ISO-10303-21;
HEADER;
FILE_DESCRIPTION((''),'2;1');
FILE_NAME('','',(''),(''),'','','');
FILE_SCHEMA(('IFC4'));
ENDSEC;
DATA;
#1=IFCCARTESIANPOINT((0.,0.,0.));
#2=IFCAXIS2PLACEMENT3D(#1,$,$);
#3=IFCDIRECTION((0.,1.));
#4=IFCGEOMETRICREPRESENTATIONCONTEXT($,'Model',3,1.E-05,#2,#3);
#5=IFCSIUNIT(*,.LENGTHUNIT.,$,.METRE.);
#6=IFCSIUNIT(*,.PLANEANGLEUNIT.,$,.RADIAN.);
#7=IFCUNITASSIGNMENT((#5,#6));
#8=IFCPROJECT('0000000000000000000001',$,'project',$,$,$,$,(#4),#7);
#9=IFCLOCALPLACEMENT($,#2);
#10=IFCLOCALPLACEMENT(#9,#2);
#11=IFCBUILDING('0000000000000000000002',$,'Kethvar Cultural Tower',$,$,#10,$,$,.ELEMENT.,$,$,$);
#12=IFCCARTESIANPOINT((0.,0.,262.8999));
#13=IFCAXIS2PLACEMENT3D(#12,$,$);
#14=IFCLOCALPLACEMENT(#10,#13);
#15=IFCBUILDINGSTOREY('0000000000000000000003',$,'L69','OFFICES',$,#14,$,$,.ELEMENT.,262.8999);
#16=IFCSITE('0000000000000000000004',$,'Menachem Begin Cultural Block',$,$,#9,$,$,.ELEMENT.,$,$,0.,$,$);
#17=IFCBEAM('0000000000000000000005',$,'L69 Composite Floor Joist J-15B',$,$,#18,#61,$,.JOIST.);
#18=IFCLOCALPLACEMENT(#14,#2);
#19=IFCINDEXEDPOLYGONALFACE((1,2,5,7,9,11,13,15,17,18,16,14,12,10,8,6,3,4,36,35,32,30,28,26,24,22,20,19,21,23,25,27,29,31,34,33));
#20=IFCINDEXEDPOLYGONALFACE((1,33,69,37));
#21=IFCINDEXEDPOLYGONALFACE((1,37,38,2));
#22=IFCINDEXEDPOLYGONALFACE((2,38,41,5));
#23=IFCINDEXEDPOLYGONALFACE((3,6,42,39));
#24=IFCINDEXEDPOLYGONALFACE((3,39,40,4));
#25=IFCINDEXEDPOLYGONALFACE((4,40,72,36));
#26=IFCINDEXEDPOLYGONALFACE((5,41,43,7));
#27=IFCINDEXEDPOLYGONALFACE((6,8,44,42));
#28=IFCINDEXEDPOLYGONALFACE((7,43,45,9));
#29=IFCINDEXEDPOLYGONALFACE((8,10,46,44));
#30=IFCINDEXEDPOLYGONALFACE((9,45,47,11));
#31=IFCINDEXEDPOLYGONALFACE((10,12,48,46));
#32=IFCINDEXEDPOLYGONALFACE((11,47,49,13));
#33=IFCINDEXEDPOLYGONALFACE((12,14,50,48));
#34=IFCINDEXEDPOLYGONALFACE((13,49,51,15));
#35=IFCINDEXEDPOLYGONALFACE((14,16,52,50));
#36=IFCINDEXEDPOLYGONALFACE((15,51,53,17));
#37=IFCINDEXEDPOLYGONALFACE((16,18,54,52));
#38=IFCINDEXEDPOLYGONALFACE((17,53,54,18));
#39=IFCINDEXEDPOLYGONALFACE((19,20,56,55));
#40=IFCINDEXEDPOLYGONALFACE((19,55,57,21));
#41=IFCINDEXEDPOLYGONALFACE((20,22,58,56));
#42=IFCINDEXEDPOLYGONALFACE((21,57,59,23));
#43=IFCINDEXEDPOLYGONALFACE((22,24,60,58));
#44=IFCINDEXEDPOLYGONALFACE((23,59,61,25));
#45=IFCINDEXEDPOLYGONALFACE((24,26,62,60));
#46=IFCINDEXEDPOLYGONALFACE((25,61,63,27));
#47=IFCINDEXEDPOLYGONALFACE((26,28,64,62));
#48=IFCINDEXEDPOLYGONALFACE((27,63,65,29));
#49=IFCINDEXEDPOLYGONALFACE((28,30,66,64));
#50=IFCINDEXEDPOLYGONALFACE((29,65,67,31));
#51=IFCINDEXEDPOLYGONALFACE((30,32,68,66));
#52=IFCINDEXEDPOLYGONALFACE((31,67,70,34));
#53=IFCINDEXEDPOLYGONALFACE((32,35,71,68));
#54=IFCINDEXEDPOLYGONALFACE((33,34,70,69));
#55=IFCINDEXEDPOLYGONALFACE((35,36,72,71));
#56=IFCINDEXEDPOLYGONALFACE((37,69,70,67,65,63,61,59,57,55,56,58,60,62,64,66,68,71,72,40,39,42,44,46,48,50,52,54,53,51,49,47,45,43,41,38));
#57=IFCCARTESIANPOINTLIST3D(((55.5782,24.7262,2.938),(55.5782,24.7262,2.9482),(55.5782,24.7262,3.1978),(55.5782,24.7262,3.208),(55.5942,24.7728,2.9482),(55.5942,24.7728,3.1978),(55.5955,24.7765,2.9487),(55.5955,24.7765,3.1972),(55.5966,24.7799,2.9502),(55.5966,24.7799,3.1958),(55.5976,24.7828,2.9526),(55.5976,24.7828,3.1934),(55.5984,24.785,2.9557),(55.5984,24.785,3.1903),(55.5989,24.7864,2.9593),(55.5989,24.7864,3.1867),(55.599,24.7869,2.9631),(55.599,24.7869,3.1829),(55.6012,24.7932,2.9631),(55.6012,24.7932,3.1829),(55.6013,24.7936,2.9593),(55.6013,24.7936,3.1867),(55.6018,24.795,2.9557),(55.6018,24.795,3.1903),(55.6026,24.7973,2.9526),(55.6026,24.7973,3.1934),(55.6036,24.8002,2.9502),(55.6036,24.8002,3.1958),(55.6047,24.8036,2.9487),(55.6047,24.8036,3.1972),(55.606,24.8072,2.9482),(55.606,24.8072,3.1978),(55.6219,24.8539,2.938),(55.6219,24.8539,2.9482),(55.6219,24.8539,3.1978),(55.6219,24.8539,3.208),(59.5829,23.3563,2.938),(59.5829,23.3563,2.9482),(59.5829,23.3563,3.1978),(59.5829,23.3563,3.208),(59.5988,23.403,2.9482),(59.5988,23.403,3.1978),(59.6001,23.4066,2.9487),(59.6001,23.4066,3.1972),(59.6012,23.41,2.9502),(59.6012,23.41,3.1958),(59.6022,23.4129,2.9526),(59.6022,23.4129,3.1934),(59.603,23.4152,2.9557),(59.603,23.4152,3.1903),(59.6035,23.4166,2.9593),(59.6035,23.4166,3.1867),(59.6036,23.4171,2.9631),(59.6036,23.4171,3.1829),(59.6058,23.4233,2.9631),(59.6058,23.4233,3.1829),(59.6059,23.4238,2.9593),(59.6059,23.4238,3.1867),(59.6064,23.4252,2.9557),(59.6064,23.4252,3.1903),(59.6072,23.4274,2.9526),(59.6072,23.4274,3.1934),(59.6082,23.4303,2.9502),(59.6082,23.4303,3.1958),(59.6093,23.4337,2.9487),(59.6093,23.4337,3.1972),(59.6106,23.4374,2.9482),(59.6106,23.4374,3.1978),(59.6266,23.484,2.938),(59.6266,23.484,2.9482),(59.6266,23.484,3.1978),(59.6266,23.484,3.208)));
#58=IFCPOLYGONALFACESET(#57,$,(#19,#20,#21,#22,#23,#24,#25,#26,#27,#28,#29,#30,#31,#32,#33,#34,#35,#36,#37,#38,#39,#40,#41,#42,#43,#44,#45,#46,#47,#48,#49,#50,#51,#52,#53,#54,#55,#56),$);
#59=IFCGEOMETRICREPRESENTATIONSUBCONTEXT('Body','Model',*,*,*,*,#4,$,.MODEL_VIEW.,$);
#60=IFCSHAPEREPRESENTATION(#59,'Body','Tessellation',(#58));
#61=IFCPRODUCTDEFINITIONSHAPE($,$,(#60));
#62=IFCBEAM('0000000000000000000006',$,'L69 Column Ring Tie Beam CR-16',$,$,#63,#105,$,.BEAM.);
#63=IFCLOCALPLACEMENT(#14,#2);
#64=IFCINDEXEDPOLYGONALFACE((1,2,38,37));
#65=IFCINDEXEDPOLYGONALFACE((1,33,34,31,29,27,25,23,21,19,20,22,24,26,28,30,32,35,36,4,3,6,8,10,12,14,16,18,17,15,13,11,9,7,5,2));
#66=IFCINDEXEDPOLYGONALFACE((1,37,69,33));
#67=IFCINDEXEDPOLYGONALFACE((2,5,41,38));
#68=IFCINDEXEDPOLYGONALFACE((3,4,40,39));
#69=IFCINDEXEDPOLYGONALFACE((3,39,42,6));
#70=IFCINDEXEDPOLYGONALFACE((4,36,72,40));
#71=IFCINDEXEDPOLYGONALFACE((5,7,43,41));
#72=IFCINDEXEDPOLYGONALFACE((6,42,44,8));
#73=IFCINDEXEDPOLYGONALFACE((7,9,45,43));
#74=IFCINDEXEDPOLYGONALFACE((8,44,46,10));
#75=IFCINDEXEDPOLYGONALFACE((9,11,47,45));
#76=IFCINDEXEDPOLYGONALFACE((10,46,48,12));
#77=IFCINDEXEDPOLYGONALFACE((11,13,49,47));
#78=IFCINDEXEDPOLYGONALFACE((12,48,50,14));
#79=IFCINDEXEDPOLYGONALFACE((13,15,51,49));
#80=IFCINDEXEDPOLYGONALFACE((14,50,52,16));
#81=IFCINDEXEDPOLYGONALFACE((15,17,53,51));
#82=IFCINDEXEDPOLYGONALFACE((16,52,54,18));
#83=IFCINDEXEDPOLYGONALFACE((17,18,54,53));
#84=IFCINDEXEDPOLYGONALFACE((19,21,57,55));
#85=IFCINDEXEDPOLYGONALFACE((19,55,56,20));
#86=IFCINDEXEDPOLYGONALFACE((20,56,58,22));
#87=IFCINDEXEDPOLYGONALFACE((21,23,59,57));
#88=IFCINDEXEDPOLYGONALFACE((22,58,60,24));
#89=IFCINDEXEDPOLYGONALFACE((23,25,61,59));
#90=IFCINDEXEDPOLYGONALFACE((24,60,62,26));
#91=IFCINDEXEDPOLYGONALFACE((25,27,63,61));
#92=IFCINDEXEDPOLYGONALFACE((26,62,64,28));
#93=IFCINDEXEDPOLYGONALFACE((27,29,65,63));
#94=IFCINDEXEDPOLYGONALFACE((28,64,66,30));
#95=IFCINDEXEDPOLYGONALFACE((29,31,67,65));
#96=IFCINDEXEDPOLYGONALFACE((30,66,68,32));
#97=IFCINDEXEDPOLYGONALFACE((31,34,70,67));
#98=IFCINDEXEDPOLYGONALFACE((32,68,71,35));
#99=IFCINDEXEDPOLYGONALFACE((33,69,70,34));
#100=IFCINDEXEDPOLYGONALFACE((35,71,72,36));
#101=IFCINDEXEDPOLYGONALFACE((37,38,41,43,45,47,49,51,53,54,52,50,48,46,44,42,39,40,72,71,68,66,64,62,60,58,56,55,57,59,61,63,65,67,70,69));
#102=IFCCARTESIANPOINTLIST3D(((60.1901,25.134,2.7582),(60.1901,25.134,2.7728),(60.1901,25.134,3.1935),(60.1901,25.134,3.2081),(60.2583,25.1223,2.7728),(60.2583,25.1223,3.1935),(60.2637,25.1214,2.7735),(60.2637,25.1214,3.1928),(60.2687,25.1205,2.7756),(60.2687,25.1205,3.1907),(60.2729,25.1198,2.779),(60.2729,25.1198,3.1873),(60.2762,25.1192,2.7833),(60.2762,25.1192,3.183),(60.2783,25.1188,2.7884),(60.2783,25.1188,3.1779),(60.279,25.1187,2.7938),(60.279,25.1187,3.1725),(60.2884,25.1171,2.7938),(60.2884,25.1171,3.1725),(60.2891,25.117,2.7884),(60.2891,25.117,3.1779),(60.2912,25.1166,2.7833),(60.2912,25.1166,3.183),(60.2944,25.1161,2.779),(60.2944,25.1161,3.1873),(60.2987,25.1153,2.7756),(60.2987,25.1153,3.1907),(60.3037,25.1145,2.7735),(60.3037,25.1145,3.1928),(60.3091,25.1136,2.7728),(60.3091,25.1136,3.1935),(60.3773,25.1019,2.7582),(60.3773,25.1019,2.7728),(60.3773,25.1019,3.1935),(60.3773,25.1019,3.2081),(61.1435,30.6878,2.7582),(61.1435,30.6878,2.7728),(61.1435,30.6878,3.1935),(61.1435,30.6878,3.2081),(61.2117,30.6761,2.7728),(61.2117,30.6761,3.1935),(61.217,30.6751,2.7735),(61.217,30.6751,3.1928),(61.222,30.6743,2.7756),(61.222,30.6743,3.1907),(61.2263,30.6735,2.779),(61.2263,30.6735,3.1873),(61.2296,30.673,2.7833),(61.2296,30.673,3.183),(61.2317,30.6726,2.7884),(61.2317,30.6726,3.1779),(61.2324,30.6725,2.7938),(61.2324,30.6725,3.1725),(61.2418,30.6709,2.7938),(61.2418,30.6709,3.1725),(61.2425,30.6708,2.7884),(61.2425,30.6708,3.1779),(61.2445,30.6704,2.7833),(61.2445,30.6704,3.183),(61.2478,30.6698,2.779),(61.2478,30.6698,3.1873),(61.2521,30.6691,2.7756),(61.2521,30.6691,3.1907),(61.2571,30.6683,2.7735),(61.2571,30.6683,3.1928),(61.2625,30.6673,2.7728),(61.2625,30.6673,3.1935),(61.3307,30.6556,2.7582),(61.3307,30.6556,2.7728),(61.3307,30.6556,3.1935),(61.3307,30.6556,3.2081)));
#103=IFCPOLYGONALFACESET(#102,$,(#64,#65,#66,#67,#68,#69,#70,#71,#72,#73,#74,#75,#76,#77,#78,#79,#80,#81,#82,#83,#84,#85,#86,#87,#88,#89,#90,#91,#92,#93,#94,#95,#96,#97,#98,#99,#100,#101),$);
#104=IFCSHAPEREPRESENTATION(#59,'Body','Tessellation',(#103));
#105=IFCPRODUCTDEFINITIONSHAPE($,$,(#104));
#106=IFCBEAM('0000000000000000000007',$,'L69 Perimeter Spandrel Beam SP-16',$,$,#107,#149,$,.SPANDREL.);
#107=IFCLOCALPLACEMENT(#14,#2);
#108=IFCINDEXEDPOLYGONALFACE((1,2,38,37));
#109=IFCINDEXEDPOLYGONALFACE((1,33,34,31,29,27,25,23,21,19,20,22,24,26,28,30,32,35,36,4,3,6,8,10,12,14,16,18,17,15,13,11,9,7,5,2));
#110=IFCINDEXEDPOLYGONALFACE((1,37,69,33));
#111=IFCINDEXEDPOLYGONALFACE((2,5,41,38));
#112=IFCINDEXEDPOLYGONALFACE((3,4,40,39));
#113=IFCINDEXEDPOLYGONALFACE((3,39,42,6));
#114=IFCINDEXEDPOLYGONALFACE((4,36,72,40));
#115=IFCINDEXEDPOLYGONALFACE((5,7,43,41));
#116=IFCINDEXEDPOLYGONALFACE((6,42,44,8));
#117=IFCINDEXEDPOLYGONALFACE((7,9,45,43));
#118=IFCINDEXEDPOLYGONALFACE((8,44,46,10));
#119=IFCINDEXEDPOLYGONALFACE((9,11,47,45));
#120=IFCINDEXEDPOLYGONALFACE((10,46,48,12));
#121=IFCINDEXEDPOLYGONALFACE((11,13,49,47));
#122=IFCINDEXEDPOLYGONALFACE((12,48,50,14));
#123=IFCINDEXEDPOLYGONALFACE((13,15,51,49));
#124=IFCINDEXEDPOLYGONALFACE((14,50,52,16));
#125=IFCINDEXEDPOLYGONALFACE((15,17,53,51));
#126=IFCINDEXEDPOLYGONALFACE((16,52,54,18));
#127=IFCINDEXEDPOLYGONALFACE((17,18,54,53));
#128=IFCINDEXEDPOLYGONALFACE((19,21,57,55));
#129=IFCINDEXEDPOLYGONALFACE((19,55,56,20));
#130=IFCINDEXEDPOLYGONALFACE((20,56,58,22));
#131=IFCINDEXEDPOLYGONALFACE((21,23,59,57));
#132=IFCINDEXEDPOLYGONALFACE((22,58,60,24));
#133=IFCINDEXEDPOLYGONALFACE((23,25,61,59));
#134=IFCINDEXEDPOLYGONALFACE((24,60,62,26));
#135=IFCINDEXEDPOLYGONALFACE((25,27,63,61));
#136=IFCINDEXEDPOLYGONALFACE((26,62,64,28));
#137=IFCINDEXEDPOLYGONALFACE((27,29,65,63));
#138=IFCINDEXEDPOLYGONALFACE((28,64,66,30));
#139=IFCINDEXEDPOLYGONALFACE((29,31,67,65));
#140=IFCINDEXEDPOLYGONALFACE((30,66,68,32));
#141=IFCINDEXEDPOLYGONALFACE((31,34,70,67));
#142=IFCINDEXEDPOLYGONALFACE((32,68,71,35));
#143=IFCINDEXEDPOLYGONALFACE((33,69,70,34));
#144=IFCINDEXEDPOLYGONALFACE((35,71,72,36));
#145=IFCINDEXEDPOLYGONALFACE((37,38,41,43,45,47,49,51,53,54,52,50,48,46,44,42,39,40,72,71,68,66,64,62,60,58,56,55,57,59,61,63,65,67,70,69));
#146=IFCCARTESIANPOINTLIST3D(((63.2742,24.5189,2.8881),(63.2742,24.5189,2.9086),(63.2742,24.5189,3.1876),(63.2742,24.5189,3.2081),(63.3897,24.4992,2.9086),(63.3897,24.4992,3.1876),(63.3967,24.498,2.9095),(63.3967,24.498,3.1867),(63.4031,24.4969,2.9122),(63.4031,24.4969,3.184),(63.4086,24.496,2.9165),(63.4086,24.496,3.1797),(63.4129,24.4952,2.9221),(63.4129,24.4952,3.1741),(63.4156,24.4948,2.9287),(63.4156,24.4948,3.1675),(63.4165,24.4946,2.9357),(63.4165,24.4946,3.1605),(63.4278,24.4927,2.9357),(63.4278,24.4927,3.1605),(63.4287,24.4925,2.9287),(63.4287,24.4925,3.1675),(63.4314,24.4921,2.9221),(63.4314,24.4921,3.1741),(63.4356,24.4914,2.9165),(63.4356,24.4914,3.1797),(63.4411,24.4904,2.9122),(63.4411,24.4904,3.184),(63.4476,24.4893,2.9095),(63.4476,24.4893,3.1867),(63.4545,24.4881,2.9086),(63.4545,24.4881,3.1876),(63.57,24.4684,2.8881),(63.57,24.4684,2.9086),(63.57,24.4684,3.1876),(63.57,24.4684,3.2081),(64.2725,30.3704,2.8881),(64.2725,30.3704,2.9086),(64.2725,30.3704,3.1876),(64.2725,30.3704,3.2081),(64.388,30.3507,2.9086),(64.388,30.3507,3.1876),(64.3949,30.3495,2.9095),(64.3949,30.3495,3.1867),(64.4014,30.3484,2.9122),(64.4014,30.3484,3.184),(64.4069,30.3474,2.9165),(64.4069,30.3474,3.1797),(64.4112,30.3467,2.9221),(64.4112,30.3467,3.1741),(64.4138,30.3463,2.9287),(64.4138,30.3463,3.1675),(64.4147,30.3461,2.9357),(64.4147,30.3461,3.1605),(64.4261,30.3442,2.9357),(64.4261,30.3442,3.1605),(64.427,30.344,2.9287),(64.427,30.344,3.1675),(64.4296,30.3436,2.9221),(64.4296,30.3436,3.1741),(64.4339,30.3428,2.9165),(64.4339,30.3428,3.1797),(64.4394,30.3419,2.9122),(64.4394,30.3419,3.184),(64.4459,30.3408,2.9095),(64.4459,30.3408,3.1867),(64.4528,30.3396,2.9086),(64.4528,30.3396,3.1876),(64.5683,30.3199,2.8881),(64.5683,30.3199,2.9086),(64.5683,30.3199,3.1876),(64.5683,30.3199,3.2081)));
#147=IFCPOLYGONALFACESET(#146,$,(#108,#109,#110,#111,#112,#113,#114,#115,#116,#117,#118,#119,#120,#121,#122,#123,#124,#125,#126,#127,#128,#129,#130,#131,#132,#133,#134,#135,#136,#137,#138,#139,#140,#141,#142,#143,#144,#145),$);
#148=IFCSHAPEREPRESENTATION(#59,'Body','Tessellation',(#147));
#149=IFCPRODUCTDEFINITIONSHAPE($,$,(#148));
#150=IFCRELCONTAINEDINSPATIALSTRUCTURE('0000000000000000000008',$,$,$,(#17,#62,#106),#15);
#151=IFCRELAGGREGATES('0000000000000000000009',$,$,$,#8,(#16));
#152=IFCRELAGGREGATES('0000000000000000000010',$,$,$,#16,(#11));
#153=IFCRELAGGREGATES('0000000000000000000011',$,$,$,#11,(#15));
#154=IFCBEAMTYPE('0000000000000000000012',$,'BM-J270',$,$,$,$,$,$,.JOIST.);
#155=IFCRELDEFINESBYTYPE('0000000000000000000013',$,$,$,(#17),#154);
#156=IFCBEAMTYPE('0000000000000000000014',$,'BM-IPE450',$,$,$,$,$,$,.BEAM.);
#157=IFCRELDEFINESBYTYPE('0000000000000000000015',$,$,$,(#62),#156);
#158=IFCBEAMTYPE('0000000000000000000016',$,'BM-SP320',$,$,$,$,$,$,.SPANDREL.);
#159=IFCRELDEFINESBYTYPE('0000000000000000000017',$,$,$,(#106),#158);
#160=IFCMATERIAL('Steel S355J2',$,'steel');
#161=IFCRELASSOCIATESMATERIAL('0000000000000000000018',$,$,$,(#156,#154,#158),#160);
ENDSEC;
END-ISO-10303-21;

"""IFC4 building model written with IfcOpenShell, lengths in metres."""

from ifc_helpers import new_model, si_unit, direction, frame, origin, origin_2d, place, context, subcontext, project, spatial, i_section, extrude, source, transform, mapped, material, material_profile, profile_set, type_object, element, save


model = new_model("IFC4")

# Units and contexts
model_context = context("Model", 3, precision=1e-05, world=origin(), true_north=direction((0.0, 1.0)))
body_context = subcontext(model_context, "Body", "Model", "MODEL_VIEW")
ifc_project = project(units=[si_unit("LENGTHUNIT", "METRE"), si_unit("PLANEANGLEUNIT", "RADIAN")], contexts=[model_context])

# Site, building, storey
site_placement = place(None, origin())
site = spatial("IfcSite", under=ifc_project, at=site_placement, Name="Menachem Begin Cultural Block", CompositionType="ELEMENT", RefElevation=0.0)
building_placement = place(site_placement, origin())
building = spatial("IfcBuilding", under=site, at=building_placement, Name="Kethvar Cultural Tower", CompositionType="ELEMENT")
storey_placement = place(building_placement, frame((0.0, 0.0, 262.8999)))
storey = spatial("IfcBuildingStorey", under=building, at=storey_placement, Name="L69", Description="OFFICES", CompositionType="ELEMENT", Elevation=262.8999)

# Beams
ifc_material_1 = material(Name="Steel S355J2", Category="steel")
ifc_material_profile_1 = material_profile(ifc_material_1, i_section(OverallWidth=0.1899, OverallDepth=0.45, WebThickness=0.0095, FlangeThickness=0.0146, FilletRadius=0.021, at=origin_2d()), Name="Steel S355J2 — IPE450")
ifc_profile_set_1 = profile_set([ifc_material_profile_1], Name="Steel S355J2 — IPE450")
beam_type_1 = type_object("IfcBeamType", Name="BM-IPE450", PredefinedType="BEAM", material=ifc_profile_set_1)
ifc_material_profile_2 = material_profile(ifc_material_1, i_section(OverallWidth=0.135, OverallDepth=0.27, WebThickness=0.0066, FlangeThickness=0.0103, FilletRadius=0.0149, at=origin_2d()), Name="Steel S355J2 — IPE270")
ifc_profile_set_2 = profile_set([ifc_material_profile_2], Name="Steel S355J2 — IPE270")
beam_type_2 = type_object("IfcBeamType", Name="BM-J270", PredefinedType="JOIST", material=ifc_profile_set_2)
shared_shape_1 = source(origin(), body_context, "Body", "SweptSolid", [
    extrude(i_section(OverallWidth=0.135, OverallDepth=0.27, WebThickness=0.0066, FlangeThickness=0.0103, FilletRadius=0.0149, at=origin_2d()), origin(), (0.0, 0.0, 1.0), 4.2324),
])
beam_1_placement = place(storey_placement, frame((55.6001, 24.79, 3.073), z_axis=(0.946174, -0.323659, 0.0), x_axis=(0.323659, 0.946174, 0.0)))
element("IfcBeam", 1, at=beam_1_placement, inside=storey, type_object=beam_type_2, Name="L69 Composite Floor Joist J-15B", PredefinedType="JOIST", context=body_context, shape_type="MappedRepresentation", body=[
    mapped(shared_shape_1, transform((0.0, 0.0, 0.0), scale=1.0)),
])
shared_shape_2 = source(origin(), body_context, "Body", "SweptSolid", [
    extrude(i_section(OverallWidth=0.1899, OverallDepth=0.45, WebThickness=0.0095, FlangeThickness=0.0146, FilletRadius=0.021, at=origin_2d()), origin(), (0.0, 0.0, 1.0), 5.635),
])
beam_2_placement = place(storey_placement, frame((60.2837, 25.1179, 2.9832), z_axis=(0.169189, 0.985584, 0.0), x_axis=(-0.985584, 0.169189, 0.0)))
element("IfcBeam", 2, at=beam_2_placement, inside=storey, type_object=beam_type_1, Name="L69 Column Ring Tie Beam CR-16", PredefinedType="BEAM", context=body_context, shape_type="MappedRepresentation", body=[
    mapped(shared_shape_2, transform((0.0, 0.0, 0.0), scale=1.0)),
])
ifc_material_profile_3 = material_profile(ifc_material_1, i_section(OverallWidth=0.3, OverallDepth=0.3201, WebThickness=0.0115, FlangeThickness=0.0205, FilletRadius=0.0271, at=origin_2d()), Name="Steel S355J2 — HEB320")
ifc_profile_set_3 = profile_set([ifc_material_profile_3], Name="Steel S355J2 — HEB320")
beam_type_3 = type_object("IfcBeamType", Name="BM-SP320", PredefinedType="SPANDREL", material=ifc_profile_set_3)
shared_shape_3 = source(origin(), body_context, "Body", "SweptSolid", [
    extrude(i_section(OverallWidth=0.3, OverallDepth=0.3201, WebThickness=0.0115, FlangeThickness=0.0205, FilletRadius=0.0271, at=origin_2d()), origin(), (0.0, 0.0, 1.0), 5.936),
])
beam_3_placement = place(storey_placement, frame((63.4221, 24.4937, 3.0481), z_axis=(0.168173, 0.985758, 0.0), x_axis=(-0.985758, 0.168173, 0.0)))
element("IfcBeam", 3, at=beam_3_placement, inside=storey, type_object=beam_type_3, Name="L69 Perimeter Spandrel Beam SP-16", PredefinedType="SPANDREL", context=body_context, shape_type="MappedRepresentation", body=[
    mapped(shared_shape_3, transform((0.0, 0.0, 0.0), scale=1.0)),
])

save(model, "model.ifc")
